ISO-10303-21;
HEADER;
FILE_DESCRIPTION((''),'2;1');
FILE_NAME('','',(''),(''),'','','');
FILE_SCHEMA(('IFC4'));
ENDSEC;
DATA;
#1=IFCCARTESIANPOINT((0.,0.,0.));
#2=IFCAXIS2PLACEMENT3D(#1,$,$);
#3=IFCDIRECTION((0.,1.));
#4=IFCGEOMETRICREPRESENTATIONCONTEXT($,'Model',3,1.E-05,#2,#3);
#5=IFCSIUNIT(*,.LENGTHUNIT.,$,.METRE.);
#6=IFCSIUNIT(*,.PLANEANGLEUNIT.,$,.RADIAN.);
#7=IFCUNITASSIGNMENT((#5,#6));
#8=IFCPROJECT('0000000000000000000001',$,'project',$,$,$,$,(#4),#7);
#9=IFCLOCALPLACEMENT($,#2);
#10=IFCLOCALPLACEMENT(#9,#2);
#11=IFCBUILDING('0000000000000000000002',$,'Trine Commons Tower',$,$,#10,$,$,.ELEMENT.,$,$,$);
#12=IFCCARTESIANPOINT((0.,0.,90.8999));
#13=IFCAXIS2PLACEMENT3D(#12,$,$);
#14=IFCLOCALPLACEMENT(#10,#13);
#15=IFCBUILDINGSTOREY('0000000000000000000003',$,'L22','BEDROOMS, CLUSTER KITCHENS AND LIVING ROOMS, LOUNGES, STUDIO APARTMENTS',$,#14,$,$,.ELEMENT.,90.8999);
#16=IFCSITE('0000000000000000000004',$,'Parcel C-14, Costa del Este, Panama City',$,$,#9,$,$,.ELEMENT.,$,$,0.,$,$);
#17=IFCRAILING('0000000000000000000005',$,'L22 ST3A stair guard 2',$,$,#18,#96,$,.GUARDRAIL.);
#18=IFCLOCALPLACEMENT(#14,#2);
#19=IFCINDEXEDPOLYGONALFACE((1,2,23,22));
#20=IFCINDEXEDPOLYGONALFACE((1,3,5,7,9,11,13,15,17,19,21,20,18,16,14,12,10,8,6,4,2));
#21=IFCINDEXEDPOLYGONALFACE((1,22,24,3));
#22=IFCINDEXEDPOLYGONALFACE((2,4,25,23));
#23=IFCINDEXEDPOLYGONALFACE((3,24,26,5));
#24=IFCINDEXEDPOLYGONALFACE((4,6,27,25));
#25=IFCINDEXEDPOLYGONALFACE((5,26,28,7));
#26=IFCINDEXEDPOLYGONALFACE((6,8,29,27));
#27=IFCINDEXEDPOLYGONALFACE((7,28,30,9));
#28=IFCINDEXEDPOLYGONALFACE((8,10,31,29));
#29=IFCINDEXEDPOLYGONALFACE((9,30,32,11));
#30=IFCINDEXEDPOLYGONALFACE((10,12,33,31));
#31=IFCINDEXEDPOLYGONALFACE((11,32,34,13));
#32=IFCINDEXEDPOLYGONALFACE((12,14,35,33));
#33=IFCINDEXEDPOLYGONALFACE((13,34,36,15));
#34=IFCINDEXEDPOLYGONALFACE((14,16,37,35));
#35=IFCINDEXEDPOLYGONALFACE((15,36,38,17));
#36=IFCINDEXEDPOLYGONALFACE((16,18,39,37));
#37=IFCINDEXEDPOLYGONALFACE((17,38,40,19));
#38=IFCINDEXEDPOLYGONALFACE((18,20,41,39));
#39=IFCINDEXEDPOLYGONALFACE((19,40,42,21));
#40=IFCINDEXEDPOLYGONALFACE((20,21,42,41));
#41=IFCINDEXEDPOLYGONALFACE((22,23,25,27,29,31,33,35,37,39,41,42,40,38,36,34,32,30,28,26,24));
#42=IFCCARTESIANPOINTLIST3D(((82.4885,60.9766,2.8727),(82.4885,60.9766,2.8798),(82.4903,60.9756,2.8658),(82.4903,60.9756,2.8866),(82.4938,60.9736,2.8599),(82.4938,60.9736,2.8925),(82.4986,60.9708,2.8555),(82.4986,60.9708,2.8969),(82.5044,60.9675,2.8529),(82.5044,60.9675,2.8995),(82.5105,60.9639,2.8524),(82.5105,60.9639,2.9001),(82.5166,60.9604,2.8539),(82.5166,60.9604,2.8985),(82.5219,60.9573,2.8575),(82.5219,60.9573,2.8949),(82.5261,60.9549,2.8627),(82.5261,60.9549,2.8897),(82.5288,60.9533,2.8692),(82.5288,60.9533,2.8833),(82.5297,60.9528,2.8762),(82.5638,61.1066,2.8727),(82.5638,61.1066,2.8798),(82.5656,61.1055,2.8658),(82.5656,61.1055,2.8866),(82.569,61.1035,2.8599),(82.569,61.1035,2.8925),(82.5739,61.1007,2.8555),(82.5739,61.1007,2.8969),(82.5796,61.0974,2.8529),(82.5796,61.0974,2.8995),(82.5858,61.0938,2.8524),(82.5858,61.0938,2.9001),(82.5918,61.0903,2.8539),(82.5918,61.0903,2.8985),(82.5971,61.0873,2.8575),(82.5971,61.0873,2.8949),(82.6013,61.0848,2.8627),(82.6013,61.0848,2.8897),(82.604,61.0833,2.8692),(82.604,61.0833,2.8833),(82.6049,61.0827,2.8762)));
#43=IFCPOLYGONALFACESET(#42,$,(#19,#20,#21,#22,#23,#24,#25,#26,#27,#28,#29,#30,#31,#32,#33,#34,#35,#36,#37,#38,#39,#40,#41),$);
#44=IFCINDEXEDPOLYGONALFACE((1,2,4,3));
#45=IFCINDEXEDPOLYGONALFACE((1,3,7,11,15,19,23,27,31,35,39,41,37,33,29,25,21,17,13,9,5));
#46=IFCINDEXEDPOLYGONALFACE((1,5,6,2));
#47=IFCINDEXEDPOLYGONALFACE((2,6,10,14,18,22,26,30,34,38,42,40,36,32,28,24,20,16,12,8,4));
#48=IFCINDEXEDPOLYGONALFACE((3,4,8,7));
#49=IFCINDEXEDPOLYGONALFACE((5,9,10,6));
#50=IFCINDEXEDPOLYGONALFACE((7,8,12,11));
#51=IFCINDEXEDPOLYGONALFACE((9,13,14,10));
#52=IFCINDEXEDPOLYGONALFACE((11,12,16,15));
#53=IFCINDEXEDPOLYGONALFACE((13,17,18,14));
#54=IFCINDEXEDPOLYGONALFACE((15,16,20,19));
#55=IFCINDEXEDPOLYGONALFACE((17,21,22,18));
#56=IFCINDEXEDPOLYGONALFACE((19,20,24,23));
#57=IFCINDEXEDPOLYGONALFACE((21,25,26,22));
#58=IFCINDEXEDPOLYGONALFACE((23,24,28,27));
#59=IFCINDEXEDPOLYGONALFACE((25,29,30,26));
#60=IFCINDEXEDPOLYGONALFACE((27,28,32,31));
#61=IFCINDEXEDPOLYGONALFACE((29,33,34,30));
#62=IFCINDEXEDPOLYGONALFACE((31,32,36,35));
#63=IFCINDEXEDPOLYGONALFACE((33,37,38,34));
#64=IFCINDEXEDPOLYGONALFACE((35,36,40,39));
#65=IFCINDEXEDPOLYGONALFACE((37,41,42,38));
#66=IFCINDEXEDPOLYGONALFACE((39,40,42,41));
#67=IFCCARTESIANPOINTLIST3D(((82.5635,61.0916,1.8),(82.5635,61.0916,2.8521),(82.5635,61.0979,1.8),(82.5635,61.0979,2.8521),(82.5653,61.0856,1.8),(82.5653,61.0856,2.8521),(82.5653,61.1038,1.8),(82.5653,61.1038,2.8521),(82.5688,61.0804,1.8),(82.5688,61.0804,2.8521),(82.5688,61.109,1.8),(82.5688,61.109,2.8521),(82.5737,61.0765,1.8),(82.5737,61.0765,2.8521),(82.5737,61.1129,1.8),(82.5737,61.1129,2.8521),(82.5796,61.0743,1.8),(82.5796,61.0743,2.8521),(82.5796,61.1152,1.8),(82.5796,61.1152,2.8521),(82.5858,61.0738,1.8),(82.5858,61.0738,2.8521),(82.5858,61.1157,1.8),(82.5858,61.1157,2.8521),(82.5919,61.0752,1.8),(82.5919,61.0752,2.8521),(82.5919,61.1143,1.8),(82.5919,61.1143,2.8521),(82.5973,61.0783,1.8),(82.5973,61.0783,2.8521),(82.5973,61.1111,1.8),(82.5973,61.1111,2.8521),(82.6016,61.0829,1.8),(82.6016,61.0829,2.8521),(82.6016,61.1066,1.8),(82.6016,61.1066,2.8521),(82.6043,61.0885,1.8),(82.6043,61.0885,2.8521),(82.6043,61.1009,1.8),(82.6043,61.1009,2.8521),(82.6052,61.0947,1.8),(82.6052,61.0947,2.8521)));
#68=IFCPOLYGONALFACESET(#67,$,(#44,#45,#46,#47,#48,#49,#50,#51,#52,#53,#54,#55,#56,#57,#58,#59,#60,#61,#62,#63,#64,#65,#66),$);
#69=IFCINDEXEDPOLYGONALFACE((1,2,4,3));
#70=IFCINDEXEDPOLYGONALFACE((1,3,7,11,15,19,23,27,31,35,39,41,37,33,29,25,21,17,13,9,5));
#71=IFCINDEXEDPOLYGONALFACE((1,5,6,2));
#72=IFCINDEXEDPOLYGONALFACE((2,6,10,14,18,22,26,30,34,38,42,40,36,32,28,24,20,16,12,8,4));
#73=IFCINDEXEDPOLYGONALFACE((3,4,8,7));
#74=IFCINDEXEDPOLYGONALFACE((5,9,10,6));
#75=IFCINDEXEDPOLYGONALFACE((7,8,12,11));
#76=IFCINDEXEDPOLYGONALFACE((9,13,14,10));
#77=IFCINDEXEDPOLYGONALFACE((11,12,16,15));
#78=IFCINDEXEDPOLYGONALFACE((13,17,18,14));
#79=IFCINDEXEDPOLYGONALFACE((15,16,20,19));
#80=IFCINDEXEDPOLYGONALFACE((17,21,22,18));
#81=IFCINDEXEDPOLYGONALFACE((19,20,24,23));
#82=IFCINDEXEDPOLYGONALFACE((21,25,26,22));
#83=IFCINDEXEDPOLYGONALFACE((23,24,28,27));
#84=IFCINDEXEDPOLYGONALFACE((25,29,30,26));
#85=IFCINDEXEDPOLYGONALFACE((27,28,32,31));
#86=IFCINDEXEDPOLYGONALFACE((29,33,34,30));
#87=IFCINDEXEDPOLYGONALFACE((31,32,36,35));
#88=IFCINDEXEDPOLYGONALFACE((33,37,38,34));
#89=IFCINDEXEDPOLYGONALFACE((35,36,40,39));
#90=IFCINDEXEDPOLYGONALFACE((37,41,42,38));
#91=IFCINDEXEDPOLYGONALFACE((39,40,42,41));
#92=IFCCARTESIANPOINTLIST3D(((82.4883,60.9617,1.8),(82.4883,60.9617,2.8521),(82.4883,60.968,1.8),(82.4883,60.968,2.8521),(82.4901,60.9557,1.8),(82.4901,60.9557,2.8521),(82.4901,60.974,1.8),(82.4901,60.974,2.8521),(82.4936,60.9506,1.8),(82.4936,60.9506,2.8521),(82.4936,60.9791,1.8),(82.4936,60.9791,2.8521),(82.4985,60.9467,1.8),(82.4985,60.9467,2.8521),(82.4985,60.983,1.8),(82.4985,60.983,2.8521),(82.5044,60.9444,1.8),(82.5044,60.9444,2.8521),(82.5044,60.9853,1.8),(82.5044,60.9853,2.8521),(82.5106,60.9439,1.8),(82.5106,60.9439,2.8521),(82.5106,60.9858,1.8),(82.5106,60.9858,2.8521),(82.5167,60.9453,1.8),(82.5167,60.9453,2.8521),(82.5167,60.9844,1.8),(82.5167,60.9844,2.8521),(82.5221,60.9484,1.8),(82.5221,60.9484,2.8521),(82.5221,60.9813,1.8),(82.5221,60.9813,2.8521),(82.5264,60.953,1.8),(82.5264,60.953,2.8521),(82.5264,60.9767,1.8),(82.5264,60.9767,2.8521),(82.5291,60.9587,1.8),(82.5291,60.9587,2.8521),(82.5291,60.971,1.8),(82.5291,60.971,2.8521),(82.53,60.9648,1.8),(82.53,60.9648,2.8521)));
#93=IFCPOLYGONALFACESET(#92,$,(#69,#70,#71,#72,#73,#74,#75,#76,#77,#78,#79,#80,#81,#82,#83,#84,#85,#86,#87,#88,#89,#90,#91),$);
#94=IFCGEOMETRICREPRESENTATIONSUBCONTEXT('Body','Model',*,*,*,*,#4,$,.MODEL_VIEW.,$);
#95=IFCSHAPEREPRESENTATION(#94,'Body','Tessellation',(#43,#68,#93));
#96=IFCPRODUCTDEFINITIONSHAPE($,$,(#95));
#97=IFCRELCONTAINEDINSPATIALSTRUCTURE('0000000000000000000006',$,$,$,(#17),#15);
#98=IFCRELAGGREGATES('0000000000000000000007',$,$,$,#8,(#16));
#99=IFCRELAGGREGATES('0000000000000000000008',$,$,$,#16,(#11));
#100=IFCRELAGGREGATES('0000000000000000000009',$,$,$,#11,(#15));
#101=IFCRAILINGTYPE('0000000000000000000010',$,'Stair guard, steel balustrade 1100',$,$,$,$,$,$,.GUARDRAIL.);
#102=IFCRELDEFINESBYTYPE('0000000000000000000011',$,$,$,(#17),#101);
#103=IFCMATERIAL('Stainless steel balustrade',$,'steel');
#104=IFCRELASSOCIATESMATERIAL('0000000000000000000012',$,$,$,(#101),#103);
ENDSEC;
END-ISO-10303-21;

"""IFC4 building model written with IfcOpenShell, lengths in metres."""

from ifc_helpers import new_model, si_unit, direction, frame, origin, origin_2d, place, context, subcontext, project, spatial, circle, extrude, material, type_object, element, save


model = new_model("IFC4")

# Units and contexts
model_context = context("Model", 3, precision=1e-05, world=origin(), true_north=direction((0.0, 1.0)))
body_context = subcontext(model_context, "Body", "Model", "MODEL_VIEW")
ifc_project = project(units=[si_unit("LENGTHUNIT", "METRE"), si_unit("PLANEANGLEUNIT", "RADIAN")], contexts=[model_context])

# Site, building, storey
site_placement = place(None, origin())
site = spatial("IfcSite", under=ifc_project, at=site_placement, Name="Parcel C-14, Costa del Este, Panama City", CompositionType="ELEMENT", RefElevation=0.0)
building_placement = place(site_placement, origin())
building = spatial("IfcBuilding", under=site, at=building_placement, Name="Trine Commons Tower", CompositionType="ELEMENT")
storey_placement = place(building_placement, frame((0.0, 0.0, 90.8999)))
storey = spatial("IfcBuildingStorey", under=building, at=storey_placement, Name="L22", Description="BEDROOMS, CLUSTER KITCHENS AND LIVING ROOMS, LOUNGES, STUDIO APARTMENTS", CompositionType="ELEMENT", Elevation=90.8999)

# Railing
ifc_material_1 = material(Name="Stainless steel balustrade", Category="steel")
railing_type_1 = type_object("IfcRailingType", Name="Stair guard, steel balustrade 1100", PredefinedType="GUARDRAIL", material=ifc_material_1)
railing_1_placement = place(storey_placement, frame((82.5842, 61.0947, 1.8)))
element("IfcRailing", 1, at=railing_1_placement, inside=storey, type_object=railing_type_1, Name="L22 ST3A stair guard 2", PredefinedType="GUARDRAIL", context=body_context, shape_type="SweptSolid", body=[
    extrude(circle(Radius=0.0239, at=origin_2d()), frame((0.0, 0.0, 1.0762), z_axis=(-0.501036, -0.865426, 0.0), x_axis=(0.865426, -0.501036, 0.0)), (0.0, 0.0, 1.0), 0.1501),
    extrude(circle(Radius=0.021, at=origin_2d()), origin(), (0.0, 0.0, 1.0), 1.052),
    extrude(circle(Radius=0.021, at=origin_2d()), frame((-0.0752, -0.1299, 0.0)), (0.0, 0.0, 1.0), 1.052),
])

save(model, "model.ifc")
